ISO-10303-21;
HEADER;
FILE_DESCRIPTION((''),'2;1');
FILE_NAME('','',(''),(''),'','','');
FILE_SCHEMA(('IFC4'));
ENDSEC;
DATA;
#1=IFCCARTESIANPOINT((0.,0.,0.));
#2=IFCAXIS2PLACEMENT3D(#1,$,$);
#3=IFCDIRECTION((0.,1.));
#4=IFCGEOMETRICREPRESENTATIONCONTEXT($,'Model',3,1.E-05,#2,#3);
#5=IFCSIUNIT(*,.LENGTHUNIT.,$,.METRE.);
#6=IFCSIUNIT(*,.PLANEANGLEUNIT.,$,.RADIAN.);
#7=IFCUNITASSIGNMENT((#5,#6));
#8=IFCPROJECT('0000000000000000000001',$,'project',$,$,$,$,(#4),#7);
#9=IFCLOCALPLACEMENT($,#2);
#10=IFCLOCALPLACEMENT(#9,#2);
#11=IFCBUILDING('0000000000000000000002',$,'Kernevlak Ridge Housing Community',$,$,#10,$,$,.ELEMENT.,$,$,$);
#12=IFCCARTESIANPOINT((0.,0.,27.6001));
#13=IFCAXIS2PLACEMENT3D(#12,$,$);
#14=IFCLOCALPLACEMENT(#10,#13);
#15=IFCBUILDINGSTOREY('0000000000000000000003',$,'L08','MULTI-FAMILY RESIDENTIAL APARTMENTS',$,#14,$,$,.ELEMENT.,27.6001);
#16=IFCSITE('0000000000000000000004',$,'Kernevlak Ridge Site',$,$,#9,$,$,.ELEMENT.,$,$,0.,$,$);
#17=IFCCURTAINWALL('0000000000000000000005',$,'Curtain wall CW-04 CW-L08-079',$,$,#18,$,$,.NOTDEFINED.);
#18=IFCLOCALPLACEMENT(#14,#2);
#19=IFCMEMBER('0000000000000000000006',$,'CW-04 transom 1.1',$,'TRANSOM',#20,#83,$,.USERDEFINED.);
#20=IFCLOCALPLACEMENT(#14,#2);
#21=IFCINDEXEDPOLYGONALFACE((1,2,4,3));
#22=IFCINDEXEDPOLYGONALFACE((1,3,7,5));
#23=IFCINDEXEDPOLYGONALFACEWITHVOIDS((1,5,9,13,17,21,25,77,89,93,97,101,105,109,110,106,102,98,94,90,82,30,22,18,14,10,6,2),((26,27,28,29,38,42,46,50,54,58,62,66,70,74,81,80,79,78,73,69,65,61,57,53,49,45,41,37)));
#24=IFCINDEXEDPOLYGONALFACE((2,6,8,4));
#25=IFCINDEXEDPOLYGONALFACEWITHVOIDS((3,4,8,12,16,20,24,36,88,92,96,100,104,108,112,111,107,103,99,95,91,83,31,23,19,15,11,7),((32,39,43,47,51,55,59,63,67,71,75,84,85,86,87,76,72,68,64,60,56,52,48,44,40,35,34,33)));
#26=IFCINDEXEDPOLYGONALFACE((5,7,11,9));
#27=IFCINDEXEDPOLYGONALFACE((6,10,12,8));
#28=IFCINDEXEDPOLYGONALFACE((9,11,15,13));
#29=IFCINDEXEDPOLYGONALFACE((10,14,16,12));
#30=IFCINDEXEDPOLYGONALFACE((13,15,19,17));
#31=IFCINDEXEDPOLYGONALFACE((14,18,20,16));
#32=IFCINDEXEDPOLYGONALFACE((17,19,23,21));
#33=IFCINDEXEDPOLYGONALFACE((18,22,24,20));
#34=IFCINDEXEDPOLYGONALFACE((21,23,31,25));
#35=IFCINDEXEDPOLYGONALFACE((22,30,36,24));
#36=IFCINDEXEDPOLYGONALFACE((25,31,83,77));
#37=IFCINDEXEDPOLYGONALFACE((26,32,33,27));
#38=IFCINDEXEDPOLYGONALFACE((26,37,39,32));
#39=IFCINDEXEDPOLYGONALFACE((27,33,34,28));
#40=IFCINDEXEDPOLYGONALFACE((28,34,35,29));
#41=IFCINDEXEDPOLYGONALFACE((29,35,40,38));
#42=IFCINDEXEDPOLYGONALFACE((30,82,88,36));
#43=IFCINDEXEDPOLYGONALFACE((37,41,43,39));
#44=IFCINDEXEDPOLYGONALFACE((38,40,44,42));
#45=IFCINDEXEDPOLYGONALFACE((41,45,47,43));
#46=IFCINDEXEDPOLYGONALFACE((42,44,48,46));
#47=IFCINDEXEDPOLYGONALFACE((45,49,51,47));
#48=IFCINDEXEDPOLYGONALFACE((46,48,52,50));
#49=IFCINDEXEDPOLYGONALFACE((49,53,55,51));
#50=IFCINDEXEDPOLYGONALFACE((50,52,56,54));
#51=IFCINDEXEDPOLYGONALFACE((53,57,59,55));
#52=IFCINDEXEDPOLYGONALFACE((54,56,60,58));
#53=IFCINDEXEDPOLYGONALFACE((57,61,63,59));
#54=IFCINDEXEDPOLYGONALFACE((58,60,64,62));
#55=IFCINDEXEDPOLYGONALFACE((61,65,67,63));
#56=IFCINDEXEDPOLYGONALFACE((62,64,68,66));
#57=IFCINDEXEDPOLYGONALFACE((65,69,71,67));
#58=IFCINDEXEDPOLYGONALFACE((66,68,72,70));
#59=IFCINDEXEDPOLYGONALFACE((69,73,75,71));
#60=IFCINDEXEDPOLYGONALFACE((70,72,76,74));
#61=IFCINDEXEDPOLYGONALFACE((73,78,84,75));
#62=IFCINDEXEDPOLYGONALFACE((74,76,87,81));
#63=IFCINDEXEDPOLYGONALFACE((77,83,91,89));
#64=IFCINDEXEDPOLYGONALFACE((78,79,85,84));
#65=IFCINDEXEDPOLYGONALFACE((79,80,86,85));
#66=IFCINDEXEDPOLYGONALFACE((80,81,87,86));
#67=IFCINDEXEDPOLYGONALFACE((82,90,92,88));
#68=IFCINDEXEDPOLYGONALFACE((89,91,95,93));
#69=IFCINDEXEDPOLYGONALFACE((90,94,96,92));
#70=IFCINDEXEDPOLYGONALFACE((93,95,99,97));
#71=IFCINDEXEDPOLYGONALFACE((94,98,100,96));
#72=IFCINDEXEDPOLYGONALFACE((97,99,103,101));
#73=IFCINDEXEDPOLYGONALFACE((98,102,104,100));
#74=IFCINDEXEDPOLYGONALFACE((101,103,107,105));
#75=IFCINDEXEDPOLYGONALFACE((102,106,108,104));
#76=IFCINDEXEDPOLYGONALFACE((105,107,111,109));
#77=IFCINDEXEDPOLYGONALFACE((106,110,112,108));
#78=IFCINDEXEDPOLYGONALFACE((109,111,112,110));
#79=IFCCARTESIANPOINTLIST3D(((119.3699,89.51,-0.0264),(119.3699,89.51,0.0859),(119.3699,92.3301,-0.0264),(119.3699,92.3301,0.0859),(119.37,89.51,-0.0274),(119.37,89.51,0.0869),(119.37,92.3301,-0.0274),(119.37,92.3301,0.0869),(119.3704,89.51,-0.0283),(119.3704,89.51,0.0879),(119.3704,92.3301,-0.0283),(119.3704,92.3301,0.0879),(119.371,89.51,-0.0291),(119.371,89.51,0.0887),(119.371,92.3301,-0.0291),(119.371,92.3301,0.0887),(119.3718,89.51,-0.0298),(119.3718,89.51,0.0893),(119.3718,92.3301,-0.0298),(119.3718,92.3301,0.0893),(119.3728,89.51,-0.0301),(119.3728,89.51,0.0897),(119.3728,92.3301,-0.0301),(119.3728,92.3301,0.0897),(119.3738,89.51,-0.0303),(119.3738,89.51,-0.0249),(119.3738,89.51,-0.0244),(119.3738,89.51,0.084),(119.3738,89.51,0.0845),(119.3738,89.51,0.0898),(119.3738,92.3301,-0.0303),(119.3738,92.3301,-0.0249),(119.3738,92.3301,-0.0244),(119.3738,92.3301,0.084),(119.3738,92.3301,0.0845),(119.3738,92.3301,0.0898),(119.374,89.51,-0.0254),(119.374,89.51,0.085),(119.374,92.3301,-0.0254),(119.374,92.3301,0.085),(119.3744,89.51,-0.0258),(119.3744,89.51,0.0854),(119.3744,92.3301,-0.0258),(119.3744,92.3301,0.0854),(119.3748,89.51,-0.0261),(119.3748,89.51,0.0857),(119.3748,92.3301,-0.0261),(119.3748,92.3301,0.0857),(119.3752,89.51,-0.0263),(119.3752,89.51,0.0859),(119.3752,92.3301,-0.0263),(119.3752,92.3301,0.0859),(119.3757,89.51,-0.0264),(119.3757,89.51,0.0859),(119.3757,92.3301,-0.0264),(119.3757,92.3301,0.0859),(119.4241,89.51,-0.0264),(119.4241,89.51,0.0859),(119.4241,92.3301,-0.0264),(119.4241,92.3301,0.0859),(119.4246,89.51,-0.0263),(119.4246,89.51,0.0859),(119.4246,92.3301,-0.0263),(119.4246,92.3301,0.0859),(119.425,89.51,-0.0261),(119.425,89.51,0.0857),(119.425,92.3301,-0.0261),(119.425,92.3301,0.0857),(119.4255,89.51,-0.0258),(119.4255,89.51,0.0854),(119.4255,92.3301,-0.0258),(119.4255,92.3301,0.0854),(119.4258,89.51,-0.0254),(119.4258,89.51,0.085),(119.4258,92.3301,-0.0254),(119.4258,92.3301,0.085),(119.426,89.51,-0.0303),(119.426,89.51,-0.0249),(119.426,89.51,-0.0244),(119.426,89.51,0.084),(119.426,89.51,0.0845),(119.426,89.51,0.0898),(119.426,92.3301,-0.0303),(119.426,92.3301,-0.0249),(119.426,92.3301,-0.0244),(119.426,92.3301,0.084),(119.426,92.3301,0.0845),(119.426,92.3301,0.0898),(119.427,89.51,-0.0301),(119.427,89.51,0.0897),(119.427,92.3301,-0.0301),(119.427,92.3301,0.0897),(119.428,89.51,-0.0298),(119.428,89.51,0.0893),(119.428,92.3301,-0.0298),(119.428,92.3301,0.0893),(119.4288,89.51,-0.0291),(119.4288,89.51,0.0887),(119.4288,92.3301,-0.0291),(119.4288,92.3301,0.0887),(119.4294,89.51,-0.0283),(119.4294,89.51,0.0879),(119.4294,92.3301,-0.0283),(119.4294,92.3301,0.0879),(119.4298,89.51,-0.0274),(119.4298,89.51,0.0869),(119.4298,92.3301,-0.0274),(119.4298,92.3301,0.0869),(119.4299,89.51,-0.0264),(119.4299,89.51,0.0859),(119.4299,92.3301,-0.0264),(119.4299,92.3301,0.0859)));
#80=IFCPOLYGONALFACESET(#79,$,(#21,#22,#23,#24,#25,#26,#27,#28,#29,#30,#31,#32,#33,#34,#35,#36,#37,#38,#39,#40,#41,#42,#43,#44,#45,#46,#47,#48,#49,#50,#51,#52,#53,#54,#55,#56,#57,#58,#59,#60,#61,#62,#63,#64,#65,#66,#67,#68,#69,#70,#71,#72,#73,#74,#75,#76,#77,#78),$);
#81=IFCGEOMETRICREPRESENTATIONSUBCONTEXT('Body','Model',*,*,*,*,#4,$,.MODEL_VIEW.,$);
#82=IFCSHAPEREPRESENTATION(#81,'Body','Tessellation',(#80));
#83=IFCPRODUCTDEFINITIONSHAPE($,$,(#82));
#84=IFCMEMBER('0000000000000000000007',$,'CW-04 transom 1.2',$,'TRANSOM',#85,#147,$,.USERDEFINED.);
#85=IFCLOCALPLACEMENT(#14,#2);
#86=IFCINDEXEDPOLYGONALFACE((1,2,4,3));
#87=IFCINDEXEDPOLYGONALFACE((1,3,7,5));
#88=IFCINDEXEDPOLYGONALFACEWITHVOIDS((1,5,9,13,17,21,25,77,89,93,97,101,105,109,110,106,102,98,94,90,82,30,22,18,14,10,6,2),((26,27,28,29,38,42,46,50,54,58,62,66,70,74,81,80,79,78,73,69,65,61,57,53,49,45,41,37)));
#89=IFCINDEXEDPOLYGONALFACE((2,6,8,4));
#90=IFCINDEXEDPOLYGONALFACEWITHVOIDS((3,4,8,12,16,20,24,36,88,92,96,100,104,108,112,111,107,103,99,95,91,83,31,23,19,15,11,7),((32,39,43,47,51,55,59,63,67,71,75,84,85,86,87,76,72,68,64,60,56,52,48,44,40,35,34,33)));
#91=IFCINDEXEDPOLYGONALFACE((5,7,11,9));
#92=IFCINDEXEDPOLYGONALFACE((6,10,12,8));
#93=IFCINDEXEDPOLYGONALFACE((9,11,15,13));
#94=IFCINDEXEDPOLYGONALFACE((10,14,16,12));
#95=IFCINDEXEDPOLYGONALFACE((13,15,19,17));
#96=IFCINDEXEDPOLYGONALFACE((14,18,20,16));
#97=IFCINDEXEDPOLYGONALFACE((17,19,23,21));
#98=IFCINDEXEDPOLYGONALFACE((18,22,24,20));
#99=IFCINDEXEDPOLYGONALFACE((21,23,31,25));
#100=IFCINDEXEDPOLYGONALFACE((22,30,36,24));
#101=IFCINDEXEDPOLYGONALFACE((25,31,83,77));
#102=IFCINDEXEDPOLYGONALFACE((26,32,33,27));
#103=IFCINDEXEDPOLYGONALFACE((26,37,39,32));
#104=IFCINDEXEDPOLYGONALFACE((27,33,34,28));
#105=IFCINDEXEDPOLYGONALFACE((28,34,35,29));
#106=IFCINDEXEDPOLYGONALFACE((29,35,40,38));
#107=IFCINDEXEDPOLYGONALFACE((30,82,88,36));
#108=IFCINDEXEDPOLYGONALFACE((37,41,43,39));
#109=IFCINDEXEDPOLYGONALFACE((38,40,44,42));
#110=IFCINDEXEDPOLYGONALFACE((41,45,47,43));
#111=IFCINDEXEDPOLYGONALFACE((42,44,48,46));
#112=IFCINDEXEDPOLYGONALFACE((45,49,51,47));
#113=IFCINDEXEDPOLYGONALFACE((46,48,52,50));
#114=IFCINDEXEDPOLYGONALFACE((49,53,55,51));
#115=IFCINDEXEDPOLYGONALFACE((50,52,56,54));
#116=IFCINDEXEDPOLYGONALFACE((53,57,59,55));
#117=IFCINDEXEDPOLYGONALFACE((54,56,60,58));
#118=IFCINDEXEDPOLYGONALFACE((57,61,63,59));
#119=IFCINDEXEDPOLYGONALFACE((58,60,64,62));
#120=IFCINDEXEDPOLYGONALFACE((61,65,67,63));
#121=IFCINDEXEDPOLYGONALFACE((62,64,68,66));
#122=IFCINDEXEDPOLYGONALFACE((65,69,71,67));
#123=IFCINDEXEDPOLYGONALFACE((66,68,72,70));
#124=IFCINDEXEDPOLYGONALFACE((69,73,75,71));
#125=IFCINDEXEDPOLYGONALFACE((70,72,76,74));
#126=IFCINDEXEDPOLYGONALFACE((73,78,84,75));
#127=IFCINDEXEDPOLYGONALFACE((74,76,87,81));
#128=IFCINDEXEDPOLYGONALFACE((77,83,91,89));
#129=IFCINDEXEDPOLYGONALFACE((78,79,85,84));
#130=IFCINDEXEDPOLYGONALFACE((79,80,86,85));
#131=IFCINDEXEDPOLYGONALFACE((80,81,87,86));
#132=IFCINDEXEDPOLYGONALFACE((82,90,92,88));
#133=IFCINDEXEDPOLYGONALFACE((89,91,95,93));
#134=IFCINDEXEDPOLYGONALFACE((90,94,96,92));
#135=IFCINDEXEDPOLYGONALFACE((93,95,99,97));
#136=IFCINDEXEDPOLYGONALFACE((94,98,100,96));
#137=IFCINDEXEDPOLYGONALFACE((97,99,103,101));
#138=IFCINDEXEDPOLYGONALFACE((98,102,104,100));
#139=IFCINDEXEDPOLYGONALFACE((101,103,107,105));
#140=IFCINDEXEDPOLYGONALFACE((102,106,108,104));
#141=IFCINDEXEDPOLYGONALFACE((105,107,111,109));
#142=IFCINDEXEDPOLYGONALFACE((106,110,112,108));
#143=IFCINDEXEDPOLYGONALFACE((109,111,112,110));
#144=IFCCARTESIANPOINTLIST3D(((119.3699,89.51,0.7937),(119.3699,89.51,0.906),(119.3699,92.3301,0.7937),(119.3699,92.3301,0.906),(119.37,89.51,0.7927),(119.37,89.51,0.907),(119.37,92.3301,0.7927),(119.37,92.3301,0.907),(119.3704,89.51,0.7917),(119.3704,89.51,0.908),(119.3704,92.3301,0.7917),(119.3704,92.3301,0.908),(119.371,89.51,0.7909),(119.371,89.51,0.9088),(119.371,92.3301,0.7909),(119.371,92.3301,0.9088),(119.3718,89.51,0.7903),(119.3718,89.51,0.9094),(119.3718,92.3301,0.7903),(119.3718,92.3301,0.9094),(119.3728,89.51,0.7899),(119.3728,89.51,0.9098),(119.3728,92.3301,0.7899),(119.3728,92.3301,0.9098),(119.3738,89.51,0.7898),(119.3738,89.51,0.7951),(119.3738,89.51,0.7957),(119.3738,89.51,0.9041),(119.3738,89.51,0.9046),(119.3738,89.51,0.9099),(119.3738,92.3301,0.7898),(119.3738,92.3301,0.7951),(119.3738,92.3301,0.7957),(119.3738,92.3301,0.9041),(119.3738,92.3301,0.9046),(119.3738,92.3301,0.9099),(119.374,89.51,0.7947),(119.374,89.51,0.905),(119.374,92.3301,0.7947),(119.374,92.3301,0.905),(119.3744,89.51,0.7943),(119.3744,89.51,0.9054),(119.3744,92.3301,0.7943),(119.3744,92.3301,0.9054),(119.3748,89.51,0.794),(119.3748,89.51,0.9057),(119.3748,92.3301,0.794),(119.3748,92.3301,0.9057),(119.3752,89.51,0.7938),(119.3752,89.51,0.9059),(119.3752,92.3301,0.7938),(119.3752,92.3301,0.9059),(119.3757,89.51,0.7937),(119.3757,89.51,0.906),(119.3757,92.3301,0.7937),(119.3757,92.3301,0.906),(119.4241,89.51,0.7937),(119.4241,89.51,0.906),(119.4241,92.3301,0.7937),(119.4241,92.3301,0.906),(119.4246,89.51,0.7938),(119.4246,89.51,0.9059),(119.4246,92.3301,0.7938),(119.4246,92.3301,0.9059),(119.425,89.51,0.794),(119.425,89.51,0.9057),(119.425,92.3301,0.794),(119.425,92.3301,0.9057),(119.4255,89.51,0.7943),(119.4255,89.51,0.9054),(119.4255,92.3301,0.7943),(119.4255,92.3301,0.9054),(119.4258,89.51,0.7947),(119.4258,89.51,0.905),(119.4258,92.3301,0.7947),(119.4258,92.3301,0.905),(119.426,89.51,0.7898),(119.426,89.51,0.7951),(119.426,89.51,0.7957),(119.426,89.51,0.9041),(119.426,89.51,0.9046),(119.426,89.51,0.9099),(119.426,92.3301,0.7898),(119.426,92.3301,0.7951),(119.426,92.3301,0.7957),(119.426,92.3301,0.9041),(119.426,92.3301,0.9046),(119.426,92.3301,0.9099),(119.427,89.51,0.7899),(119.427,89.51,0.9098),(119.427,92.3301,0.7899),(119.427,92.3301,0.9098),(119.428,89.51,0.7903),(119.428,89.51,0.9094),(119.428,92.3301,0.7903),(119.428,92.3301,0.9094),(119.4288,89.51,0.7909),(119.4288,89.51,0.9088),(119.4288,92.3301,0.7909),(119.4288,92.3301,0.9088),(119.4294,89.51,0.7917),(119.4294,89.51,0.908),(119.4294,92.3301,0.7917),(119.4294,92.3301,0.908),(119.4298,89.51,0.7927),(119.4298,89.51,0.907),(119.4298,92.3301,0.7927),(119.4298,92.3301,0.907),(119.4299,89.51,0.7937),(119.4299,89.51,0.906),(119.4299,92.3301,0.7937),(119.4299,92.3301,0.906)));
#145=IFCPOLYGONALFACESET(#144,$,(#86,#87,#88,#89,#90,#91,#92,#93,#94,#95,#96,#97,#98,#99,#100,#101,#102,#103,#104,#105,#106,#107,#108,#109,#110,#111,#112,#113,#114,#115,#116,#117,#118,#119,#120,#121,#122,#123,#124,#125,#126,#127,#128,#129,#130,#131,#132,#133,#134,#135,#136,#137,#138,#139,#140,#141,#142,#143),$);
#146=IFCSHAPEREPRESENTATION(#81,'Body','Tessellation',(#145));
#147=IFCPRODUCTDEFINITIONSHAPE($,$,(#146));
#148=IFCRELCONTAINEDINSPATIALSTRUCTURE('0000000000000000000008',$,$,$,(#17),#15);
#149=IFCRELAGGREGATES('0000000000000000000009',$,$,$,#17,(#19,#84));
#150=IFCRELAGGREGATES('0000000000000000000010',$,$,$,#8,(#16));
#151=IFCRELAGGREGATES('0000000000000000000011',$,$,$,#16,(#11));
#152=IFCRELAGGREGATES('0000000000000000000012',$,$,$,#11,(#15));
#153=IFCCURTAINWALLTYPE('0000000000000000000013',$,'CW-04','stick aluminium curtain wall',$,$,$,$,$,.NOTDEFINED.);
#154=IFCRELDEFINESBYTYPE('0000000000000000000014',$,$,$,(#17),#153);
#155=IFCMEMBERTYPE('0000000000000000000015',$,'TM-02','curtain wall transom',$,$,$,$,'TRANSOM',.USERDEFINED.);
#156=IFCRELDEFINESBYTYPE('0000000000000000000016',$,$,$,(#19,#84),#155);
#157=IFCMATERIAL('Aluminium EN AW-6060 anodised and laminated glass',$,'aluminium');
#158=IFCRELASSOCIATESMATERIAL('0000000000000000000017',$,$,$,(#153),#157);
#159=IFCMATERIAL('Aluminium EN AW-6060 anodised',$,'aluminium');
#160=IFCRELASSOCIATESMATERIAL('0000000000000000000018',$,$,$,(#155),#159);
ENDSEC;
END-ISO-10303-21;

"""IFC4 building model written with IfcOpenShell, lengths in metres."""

from ifc_helpers import new_model, si_unit, direction, frame, origin, origin_2d, place, context, subcontext, project, spatial, hollow_rectangle, extrude, material, material_profile, profile_set, type_object, element, aggregate, save


model = new_model("IFC4")

# Units and contexts
model_context = context("Model", 3, precision=1e-05, world=origin(), true_north=direction((0.0, 1.0)))
body_context = subcontext(model_context, "Body", "Model", "MODEL_VIEW")
ifc_project = project(units=[si_unit("LENGTHUNIT", "METRE"), si_unit("PLANEANGLEUNIT", "RADIAN")], contexts=[model_context])

# Site, building, storey
site_placement = place(None, origin())
site = spatial("IfcSite", under=ifc_project, at=site_placement, Name="Kernevlak Ridge Site", CompositionType="ELEMENT", RefElevation=0.0)
building_placement = place(site_placement, origin())
building = spatial("IfcBuilding", under=site, at=building_placement, Name="Kernevlak Ridge Housing Community", CompositionType="ELEMENT")
storey_placement = place(building_placement, frame((0.0, 0.0, 27.6001)))
storey = spatial("IfcBuildingStorey", under=building, at=storey_placement, Name="L08", Description="MULTI-FAMILY RESIDENTIAL APARTMENTS", CompositionType="ELEMENT", Elevation=27.6001)

# Curtain wall, members
ifc_material_1 = material(Name="Aluminium EN AW-6060 anodised and laminated glass", Category="aluminium")
curtain_wall_type = type_object("IfcCurtainWallType", Name="CW-04", Description="stick aluminium curtain wall", PredefinedType="NOTDEFINED", material=ifc_material_1)
curtain_wall_placement = place(storey_placement, origin())
curtain_wall = element("IfcCurtainWall", 1, at=curtain_wall_placement, inside=storey, type_object=curtain_wall_type, Name="Curtain wall CW-04 CW-L08-079", PredefinedType="NOTDEFINED")
ifc_material_2 = material(Name="Aluminium EN AW-6060 anodised", Category="aluminium")
ifc_material_profile_1 = material_profile(ifc_material_2, hollow_rectangle(XDim=0.0601, YDim=0.1201, WallThickness=0.0039, InnerFilletRadius=0.002, OuterFilletRadius=0.0039, at=origin_2d()), Name="ALU 60x120x4")
ifc_profile_set_1 = profile_set([ifc_material_profile_1], Name="Aluminium EN AW-6060 anodised")
member_type_1 = type_object("IfcMemberType", Name="TM-02", Description="curtain wall transom", ElementType="TRANSOM", PredefinedType="USERDEFINED", material=ifc_profile_set_1)
member_1_placement = place(storey_placement, frame((119.3999, 89.51, 0.0298), z_axis=(0.0, 1.0, 0.0), x_axis=(-1.0, 0.0, 0.0)))
member_1 = element("IfcMember", 2, at=member_1_placement, type_object=member_type_1, Name="CW-04 transom 1.1", ObjectType="TRANSOM", PredefinedType="USERDEFINED", context=body_context, shape_type="SweptSolid", body=[
    extrude(hollow_rectangle(XDim=0.0601, YDim=0.1201, WallThickness=0.0039, InnerFilletRadius=0.002, OuterFilletRadius=0.0039, at=origin_2d()), origin(), (0.0, 0.0, 1.0), 2.8201),
])
member_2_placement = place(storey_placement, frame((119.3999, 89.51, 0.8499), z_axis=(0.0, 1.0, 0.0), x_axis=(-1.0, 0.0, 0.0)))
member_2 = element("IfcMember", 3, at=member_2_placement, type_object=member_type_1, Name="CW-04 transom 1.2", ObjectType="TRANSOM", PredefinedType="USERDEFINED", context=body_context, shape_type="SweptSolid", body=[
    extrude(hollow_rectangle(XDim=0.0601, YDim=0.1201, WallThickness=0.0039, InnerFilletRadius=0.002, OuterFilletRadius=0.0039, at=origin_2d()), origin(), (0.0, 0.0, 1.0), 2.8201),
])
aggregate(curtain_wall, [member_1, member_2])

save(model, "model.ifc")
